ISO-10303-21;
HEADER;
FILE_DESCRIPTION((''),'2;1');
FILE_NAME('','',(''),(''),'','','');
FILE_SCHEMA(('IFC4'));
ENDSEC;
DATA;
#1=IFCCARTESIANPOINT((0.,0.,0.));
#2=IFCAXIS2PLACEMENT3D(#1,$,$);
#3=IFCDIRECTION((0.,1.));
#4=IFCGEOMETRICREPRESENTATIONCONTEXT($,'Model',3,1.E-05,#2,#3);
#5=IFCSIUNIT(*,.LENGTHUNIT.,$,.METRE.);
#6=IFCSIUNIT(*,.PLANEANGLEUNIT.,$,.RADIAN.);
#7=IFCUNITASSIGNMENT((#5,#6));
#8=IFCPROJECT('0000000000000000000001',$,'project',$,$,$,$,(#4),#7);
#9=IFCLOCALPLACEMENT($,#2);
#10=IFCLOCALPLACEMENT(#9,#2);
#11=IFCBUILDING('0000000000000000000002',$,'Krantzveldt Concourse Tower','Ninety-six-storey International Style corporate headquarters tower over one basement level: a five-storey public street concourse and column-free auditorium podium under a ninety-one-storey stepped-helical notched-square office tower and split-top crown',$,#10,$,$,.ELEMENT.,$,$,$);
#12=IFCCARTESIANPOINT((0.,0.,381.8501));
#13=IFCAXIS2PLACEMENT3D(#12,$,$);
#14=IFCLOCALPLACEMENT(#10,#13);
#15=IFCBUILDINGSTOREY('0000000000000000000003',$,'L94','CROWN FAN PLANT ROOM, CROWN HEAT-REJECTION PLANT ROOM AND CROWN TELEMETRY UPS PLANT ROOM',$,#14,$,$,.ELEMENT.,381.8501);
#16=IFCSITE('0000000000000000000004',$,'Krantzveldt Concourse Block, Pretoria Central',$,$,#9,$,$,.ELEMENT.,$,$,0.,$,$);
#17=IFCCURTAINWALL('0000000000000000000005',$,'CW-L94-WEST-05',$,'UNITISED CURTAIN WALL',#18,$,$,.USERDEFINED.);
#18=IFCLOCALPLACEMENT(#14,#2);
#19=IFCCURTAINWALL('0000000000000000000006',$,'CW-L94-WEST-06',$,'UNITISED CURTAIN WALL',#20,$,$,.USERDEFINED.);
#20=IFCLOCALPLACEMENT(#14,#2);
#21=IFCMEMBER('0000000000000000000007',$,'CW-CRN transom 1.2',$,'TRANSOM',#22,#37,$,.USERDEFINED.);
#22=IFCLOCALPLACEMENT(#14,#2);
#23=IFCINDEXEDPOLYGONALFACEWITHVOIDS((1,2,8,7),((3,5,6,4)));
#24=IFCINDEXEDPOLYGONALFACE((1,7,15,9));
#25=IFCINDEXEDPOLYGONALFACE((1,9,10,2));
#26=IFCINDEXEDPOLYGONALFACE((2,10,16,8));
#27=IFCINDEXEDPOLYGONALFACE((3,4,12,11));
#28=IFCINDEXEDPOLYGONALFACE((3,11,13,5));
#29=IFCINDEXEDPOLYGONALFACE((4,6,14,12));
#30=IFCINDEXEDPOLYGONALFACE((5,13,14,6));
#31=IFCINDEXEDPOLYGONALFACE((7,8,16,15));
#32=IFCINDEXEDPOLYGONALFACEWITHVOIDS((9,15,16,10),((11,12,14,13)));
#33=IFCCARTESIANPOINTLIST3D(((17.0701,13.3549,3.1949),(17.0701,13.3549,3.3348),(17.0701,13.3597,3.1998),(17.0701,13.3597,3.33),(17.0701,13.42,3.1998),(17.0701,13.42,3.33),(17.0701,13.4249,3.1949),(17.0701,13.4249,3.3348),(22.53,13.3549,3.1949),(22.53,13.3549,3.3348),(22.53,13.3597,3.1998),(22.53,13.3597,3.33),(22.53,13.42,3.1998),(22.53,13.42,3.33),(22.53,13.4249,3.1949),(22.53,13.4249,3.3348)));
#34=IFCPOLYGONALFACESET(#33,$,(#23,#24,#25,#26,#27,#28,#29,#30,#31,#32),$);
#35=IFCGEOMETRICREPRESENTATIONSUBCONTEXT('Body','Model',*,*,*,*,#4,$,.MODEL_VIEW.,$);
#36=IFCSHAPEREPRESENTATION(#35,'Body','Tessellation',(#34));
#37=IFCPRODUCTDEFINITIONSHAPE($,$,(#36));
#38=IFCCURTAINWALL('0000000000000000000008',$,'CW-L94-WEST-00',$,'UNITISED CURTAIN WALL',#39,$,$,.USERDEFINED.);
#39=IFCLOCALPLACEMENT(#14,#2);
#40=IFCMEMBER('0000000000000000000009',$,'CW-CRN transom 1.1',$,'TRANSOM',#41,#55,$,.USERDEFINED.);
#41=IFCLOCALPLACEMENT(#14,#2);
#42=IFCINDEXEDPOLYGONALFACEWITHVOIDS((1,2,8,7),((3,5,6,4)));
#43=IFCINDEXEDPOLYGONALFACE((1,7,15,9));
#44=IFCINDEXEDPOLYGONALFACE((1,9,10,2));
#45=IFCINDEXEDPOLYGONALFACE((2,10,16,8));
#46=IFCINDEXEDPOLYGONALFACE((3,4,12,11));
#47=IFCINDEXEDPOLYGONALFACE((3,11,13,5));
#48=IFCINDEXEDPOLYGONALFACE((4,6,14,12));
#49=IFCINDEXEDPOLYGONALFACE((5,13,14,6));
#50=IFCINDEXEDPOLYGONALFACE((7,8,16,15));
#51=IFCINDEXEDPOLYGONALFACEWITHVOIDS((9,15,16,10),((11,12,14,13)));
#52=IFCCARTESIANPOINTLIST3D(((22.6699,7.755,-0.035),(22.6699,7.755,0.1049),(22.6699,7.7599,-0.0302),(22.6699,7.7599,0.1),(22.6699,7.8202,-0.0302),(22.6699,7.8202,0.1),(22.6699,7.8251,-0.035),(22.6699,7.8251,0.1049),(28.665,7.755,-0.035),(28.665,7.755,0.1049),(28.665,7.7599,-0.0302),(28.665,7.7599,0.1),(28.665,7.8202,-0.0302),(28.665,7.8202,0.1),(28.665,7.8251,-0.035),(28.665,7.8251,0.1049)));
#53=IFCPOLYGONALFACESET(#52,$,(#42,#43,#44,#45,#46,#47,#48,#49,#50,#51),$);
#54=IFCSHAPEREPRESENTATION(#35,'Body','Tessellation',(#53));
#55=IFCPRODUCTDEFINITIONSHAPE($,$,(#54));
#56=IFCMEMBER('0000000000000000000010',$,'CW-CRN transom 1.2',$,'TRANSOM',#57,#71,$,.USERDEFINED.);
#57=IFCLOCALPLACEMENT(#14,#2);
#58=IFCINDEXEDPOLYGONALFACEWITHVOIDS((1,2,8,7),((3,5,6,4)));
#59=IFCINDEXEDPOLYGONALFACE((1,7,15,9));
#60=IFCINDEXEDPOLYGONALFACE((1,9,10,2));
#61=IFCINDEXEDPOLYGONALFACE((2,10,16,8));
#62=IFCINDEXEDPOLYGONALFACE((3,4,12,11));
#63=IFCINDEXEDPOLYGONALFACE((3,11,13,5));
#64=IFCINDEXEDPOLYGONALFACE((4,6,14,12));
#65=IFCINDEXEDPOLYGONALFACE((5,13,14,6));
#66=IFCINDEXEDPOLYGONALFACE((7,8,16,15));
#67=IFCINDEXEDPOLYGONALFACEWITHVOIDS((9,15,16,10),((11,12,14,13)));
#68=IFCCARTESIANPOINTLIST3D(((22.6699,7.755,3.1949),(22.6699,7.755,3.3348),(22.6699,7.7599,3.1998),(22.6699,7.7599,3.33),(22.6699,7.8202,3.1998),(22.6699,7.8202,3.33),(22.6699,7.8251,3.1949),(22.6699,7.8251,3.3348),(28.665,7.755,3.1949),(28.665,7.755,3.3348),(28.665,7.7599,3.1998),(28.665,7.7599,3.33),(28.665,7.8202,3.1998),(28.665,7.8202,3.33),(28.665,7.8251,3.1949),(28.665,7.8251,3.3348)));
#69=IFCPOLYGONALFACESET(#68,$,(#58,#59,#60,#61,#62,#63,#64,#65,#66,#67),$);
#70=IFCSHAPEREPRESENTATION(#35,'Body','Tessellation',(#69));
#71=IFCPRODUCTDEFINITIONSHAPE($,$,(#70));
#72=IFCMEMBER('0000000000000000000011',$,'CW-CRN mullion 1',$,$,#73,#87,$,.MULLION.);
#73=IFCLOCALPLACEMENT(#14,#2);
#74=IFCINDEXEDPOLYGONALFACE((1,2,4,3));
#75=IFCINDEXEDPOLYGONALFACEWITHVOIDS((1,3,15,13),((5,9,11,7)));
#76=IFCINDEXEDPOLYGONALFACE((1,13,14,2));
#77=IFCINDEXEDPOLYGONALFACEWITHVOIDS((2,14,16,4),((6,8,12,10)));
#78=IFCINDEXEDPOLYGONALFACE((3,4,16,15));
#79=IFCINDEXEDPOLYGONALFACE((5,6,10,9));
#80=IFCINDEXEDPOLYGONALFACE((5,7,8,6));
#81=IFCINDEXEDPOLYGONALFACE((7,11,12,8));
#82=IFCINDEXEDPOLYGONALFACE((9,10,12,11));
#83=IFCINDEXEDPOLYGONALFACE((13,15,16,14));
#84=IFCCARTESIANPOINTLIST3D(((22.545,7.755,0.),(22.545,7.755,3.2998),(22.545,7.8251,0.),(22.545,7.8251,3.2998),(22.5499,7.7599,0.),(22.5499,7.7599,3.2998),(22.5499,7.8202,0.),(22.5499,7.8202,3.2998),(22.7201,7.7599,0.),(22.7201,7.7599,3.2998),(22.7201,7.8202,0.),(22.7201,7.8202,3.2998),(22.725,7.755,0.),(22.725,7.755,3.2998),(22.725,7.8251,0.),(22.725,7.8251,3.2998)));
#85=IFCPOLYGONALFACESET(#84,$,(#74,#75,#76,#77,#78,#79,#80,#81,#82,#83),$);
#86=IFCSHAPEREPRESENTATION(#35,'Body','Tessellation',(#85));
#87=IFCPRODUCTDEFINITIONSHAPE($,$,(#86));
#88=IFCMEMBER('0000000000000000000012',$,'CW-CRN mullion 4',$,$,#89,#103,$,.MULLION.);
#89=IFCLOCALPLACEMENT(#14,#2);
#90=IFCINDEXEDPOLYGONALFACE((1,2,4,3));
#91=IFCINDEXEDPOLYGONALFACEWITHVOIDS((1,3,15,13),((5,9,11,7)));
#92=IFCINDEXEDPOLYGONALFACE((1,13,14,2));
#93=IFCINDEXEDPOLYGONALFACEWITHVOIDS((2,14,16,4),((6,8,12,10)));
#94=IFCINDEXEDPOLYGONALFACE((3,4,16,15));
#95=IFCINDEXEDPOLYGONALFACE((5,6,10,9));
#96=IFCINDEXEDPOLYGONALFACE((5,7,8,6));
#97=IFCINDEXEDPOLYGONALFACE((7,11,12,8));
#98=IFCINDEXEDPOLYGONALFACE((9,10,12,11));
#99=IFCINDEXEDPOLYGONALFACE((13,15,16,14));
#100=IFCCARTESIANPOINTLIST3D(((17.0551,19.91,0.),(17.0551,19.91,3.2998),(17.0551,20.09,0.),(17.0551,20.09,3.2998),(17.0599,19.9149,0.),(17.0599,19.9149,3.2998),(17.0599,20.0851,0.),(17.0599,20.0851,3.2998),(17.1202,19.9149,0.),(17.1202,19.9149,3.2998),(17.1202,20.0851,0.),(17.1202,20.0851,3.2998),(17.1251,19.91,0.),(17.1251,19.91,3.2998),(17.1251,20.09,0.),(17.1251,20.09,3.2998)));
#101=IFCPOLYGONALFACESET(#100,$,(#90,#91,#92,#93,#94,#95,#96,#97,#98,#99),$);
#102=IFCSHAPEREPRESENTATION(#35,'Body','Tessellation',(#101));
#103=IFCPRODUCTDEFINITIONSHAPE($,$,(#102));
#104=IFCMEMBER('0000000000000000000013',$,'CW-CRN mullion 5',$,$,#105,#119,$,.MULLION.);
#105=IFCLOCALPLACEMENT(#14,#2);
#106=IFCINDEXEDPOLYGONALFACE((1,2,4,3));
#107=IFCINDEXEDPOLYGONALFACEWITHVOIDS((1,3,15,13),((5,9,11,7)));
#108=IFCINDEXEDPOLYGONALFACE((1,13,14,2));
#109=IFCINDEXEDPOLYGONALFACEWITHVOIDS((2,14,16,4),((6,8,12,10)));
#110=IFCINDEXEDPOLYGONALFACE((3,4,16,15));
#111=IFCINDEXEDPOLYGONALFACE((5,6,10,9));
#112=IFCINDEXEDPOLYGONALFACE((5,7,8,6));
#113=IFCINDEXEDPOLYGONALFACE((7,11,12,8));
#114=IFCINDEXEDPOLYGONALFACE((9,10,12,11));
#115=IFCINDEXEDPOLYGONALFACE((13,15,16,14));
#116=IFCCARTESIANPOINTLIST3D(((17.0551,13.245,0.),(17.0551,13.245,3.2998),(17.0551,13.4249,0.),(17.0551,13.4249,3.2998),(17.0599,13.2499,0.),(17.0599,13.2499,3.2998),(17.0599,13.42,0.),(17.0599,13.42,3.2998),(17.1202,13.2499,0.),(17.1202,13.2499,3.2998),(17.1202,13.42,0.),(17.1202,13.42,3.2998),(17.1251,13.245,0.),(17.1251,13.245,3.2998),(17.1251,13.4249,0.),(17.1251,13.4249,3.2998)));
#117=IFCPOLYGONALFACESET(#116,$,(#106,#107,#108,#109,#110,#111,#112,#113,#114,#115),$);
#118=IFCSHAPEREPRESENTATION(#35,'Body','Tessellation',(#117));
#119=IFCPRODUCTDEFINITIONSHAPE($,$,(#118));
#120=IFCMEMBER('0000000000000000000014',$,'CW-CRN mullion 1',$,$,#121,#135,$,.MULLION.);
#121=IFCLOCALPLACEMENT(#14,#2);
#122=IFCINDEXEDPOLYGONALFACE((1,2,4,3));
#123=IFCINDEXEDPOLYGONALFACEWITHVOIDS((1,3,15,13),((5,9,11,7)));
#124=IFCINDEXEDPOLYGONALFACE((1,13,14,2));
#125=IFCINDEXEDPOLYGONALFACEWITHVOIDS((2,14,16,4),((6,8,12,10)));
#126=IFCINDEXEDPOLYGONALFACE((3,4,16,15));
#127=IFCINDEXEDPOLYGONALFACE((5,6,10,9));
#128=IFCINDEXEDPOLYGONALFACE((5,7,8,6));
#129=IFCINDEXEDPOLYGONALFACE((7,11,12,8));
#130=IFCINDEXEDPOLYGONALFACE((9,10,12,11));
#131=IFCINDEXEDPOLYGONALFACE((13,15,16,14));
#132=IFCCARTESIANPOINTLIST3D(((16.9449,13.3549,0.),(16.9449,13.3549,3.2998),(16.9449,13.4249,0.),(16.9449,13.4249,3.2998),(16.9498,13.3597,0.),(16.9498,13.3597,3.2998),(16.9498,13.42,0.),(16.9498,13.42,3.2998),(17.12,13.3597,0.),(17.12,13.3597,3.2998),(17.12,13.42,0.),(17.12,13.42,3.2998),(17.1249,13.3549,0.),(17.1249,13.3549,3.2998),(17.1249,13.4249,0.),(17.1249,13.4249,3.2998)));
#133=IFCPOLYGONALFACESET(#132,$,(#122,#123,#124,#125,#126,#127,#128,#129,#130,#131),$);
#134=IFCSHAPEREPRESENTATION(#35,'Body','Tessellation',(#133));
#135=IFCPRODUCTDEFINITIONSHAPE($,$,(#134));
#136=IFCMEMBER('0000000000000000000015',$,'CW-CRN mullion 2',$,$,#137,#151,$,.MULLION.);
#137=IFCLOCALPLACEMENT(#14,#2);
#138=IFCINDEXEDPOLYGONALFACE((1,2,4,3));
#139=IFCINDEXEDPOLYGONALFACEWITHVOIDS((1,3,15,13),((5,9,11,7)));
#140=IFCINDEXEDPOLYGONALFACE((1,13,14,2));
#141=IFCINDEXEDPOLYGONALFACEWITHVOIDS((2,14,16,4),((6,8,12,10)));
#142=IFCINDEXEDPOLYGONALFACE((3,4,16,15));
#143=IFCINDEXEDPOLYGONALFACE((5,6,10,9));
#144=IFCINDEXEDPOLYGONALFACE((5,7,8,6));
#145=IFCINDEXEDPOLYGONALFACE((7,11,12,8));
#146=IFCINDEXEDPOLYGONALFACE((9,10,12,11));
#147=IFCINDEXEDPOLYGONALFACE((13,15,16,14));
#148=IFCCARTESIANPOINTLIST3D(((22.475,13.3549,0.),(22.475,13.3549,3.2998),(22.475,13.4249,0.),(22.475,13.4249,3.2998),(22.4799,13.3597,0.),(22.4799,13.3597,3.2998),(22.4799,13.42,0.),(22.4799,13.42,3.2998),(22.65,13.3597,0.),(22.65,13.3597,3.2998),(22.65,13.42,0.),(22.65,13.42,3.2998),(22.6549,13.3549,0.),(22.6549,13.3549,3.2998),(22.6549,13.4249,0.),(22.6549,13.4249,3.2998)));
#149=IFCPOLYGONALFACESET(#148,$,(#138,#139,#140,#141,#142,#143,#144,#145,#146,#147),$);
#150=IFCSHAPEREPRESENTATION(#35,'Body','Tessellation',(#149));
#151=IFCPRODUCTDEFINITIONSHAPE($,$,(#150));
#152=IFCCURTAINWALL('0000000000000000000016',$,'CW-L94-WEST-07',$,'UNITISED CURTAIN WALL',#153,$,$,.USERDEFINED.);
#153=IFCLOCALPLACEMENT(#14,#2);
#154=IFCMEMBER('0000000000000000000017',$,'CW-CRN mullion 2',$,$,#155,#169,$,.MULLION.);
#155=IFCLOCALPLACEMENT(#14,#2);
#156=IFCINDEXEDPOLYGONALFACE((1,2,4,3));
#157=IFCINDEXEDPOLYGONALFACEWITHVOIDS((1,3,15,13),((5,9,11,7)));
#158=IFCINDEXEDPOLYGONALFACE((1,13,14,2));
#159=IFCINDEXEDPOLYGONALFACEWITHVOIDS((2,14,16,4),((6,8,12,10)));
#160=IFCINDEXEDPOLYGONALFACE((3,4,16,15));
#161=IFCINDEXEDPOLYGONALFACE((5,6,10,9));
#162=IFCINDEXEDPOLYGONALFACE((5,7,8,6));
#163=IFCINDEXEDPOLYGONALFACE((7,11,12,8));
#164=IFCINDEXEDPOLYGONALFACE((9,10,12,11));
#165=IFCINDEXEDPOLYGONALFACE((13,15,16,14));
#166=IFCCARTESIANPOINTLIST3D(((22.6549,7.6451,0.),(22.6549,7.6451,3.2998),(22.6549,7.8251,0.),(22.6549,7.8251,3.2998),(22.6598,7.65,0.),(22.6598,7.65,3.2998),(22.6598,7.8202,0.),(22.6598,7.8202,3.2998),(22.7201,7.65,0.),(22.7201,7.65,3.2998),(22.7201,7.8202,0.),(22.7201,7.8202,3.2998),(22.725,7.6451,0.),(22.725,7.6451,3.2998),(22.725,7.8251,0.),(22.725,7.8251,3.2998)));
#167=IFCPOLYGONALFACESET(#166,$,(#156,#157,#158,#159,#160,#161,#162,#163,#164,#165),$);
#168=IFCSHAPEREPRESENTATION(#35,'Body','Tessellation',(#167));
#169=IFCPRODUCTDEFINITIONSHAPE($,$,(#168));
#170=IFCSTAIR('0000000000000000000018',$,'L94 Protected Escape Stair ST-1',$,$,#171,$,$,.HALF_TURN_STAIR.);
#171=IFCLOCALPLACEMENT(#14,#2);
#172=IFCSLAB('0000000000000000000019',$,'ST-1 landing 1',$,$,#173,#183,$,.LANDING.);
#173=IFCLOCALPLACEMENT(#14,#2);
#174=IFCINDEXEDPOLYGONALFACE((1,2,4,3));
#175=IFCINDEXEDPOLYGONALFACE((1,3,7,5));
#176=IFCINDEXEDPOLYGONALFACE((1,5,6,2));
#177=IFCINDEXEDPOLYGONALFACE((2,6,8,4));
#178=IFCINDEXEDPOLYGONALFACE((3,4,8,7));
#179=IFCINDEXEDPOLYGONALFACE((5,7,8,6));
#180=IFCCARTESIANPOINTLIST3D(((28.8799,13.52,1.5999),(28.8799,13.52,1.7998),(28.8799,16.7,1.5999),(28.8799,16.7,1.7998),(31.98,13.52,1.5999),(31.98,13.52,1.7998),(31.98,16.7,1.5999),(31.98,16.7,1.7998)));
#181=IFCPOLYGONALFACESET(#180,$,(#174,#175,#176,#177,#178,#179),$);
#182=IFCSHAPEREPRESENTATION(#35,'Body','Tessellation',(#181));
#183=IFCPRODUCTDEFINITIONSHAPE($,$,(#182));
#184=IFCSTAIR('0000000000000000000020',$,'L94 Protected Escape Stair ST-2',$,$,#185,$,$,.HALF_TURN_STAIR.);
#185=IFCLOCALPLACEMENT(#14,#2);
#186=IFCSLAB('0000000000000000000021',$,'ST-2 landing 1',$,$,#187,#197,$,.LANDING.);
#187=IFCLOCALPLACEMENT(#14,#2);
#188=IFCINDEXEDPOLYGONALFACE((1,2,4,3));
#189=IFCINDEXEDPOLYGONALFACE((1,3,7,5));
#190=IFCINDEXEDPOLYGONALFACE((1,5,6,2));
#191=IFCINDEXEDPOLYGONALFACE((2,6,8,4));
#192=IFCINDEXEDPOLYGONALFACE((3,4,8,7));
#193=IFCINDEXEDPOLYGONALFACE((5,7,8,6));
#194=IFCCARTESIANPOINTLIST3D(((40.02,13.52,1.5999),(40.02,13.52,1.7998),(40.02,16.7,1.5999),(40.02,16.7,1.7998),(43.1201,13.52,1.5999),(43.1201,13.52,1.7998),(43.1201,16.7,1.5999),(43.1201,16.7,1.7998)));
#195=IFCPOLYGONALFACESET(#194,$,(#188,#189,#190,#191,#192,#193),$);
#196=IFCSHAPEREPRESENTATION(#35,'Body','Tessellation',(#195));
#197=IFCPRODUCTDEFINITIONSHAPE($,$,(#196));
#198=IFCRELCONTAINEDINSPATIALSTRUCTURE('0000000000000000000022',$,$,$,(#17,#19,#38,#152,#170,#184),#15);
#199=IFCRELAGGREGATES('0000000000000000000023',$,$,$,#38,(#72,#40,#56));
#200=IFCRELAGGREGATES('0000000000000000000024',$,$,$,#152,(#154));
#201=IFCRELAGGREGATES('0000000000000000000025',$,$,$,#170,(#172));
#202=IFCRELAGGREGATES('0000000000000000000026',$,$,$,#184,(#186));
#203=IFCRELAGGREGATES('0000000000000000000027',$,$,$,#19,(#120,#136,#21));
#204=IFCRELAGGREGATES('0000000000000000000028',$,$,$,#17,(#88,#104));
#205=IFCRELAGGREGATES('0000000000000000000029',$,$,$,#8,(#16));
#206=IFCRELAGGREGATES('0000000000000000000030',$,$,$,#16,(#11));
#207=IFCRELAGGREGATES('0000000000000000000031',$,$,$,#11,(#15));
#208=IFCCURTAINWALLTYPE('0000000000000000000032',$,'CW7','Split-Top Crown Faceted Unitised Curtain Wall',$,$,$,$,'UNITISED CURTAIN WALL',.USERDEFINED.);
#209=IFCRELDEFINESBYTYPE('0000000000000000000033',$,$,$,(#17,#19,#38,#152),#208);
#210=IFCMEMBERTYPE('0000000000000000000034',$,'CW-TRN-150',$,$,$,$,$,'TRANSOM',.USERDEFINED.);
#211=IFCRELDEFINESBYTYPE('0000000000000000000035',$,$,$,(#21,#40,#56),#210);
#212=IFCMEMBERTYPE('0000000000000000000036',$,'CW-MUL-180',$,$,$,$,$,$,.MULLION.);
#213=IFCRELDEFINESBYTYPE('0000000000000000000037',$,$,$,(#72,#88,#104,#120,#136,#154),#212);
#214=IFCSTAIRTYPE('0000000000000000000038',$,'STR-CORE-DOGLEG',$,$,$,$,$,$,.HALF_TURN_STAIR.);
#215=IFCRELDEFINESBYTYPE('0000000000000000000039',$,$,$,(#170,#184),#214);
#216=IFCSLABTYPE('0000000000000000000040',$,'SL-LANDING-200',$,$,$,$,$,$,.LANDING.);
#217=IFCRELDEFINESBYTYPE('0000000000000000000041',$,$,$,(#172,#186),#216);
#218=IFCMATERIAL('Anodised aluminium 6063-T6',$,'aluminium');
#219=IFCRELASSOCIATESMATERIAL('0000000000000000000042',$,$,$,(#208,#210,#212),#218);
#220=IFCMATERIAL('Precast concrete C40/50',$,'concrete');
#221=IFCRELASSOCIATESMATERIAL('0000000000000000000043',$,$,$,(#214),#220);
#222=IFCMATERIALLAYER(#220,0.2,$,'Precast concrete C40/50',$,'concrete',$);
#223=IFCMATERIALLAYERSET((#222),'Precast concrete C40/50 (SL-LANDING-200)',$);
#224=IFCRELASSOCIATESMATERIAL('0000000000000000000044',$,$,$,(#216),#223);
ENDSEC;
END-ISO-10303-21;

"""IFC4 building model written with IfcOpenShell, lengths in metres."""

from ifc_helpers import new_model, si_unit, direction, frame, origin, origin_2d, place, context, subcontext, project, spatial, polyline, hollow_rectangle, outline, extrude, source, transform, mapped, material, layer, layer_set, material_profile, profile_set, type_object, type_shapes, element, aggregate, save


model = new_model("IFC4")

# Units and contexts
model_context = context("Model", 3, precision=1e-05, world=origin(), true_north=direction((0.0, 1.0)))
body_context = subcontext(model_context, "Body", "Model", "MODEL_VIEW")
ifc_project = project(units=[si_unit("LENGTHUNIT", "METRE"), si_unit("PLANEANGLEUNIT", "RADIAN")], contexts=[model_context])

# Site, building, storey
site_placement = place(None, origin())
site = spatial("IfcSite", under=ifc_project, at=site_placement, Name="Krantzveldt Concourse Block, Pretoria Central", CompositionType="ELEMENT", RefElevation=0.0)
building_placement = place(site_placement, origin())
building = spatial("IfcBuilding", under=site, at=building_placement, Name="Krantzveldt Concourse Tower", Description="Ninety-six-storey International Style corporate headquarters tower over one basement level: a five-storey public street concourse and column-free auditorium podium under a ninety-one-storey stepped-helical notched-square office tower and split-top crown", CompositionType="ELEMENT")
storey_placement = place(building_placement, frame((0.0, 0.0, 381.8501)))
storey = spatial("IfcBuildingStorey", under=building, at=storey_placement, Name="L94", Description="CROWN FAN PLANT ROOM, CROWN HEAT-REJECTION PLANT ROOM AND CROWN TELEMETRY UPS PLANT ROOM", CompositionType="ELEMENT", Elevation=381.8501)

# Curtain walls, members
ifc_material_1 = material(Name="Anodised aluminium 6063-T6", Category="aluminium")
curtain_wall_type = type_object("IfcCurtainWallType", Name="CW7", Description="Split-Top Crown Faceted Unitised Curtain Wall", ElementType="UNITISED CURTAIN WALL", PredefinedType="USERDEFINED", material=ifc_material_1)
curtain_wall_1_placement = place(storey_placement, origin())
curtain_wall_1 = element("IfcCurtainWall", 1, at=curtain_wall_1_placement, inside=storey, type_object=curtain_wall_type, Name="CW-L94-WEST-05", ObjectType="UNITISED CURTAIN WALL", PredefinedType="USERDEFINED")
ifc_material_profile_1 = material_profile(ifc_material_1, hollow_rectangle(XDim=0.0701, YDim=0.1399, WallThickness=0.0049, at=origin_2d()), Name="Anodised aluminium 6063-T6", Category="aluminium")
ifc_profile_set_1 = profile_set([ifc_material_profile_1], Name="Anodised aluminium 6063-T6 - ALU-TRAN 140x70x5")
member_type_1 = type_object("IfcMemberType", Name="CW-TRN-150", ElementType="TRANSOM", PredefinedType="USERDEFINED", material=ifc_profile_set_1)
curtain_wall_2_placement = place(storey_placement, origin())
curtain_wall_2 = element("IfcCurtainWall", 2, at=curtain_wall_2_placement, inside=storey, type_object=curtain_wall_type, Name="CW-L94-WEST-06", ObjectType="UNITISED CURTAIN WALL", PredefinedType="USERDEFINED")
shared_shape_1 = source(origin(), body_context, "Body", "SweptSolid", [
    extrude(hollow_rectangle(XDim=0.0701, YDim=0.1399, WallThickness=0.0049, at=origin_2d()), origin(), (0.0, 0.0, 1.0), 5.46),
])
member_1_placement = place(storey_placement, frame((17.0701, 13.3899, 3.2649), z_axis=(1.0, 0.0, 0.0), x_axis=(0.0, 1.0, 0.0)))
member_1 = element("IfcMember", 3, at=member_1_placement, type_object=member_type_1, Name="CW-CRN transom 1.2", ObjectType="TRANSOM", PredefinedType="USERDEFINED", context=body_context, shape_type="MappedRepresentation", body=[
    mapped(shared_shape_1, transform((0.0, 0.0, 0.0), x_axis=(1.0, 0.0, 0.0), y_axis=(0.0, 1.0, 0.0), z_axis=(0.0, 0.0, 1.0), scale=1.0)),
])
curtain_wall_3_placement = place(storey_placement, origin())
curtain_wall_3 = element("IfcCurtainWall", 4, at=curtain_wall_3_placement, inside=storey, type_object=curtain_wall_type, Name="CW-L94-WEST-00", ObjectType="UNITISED CURTAIN WALL", PredefinedType="USERDEFINED")
shared_shape_2 = source(origin(), body_context, "Body", "SweptSolid", [
    extrude(hollow_rectangle(XDim=0.0701, YDim=0.1399, WallThickness=0.0049, at=origin_2d()), origin(), (0.0, 0.0, 1.0), 5.9951),
])
member_2_placement = place(storey_placement, frame((22.6699, 7.79, 0.0349), z_axis=(1.0, 0.0, 0.0), x_axis=(0.0, 1.0, 0.0)))
member_2 = element("IfcMember", 5, at=member_2_placement, type_object=member_type_1, Name="CW-CRN transom 1.1", ObjectType="TRANSOM", PredefinedType="USERDEFINED", context=body_context, shape_type="MappedRepresentation", body=[
    mapped(shared_shape_2, transform((0.0, 0.0, 0.0), x_axis=(1.0, 0.0, 0.0), y_axis=(0.0, 1.0, 0.0), z_axis=(0.0, 0.0, 1.0), scale=1.0)),
])
member_3_placement = place(storey_placement, frame((22.6699, 7.79, 3.2649), z_axis=(1.0, 0.0, 0.0), x_axis=(0.0, 1.0, 0.0)))
member_3 = element("IfcMember", 6, at=member_3_placement, type_object=member_type_1, Name="CW-CRN transom 1.2", ObjectType="TRANSOM", PredefinedType="USERDEFINED", context=body_context, shape_type="MappedRepresentation", body=[
    mapped(shared_shape_2, transform((0.0, 0.0, 0.0), x_axis=(1.0, 0.0, 0.0), y_axis=(0.0, 1.0, 0.0), z_axis=(0.0, 0.0, 1.0), scale=1.0)),
])
ifc_material_profile_2 = material_profile(ifc_material_1, hollow_rectangle(XDim=0.0701, YDim=0.1799, WallThickness=0.0049, at=origin_2d()), Name="Anodised aluminium 6063-T6", Category="aluminium")
ifc_profile_set_2 = profile_set([ifc_material_profile_2], Name="Anodised aluminium 6063-T6 - ALU-MULL 180x70x5")
member_type_2 = type_object("IfcMemberType", Name="CW-MUL-180", PredefinedType="MULLION", material=ifc_profile_set_2)
shared_shape_3 = source(origin(), body_context, "Body", "SweptSolid", [
    extrude(hollow_rectangle(XDim=0.0701, YDim=0.1799, WallThickness=0.0049, at=origin_2d()), origin(), (0.0, 0.0, 1.0), 3.2998),
])
type_shapes(member_type_2, [shared_shape_3])
member_4_placement = place(storey_placement, frame((22.635, 7.79, 0.0), z_axis=(0.0, 0.0, 1.0), x_axis=(0.0, 1.0, 0.0)))
member_4 = element("IfcMember", 7, at=member_4_placement, type_object=member_type_2, Name="CW-CRN mullion 1", PredefinedType="MULLION", context=body_context, shape_type="MappedRepresentation", body=[
    mapped(shared_shape_3, transform((0.0, 0.0, 0.0), x_axis=(1.0, 0.0, 0.0), y_axis=(0.0, 1.0, 0.0), z_axis=(0.0, 0.0, 1.0), scale=1.0)),
])
aggregate(curtain_wall_3, [member_4, member_2, member_3])

# Members
member_5_placement = place(storey_placement, frame((17.0901, 20.0, 0.0), z_axis=(0.0, 0.0, 1.0), x_axis=(1.0, 0.0, 0.0)))
member_5 = element("IfcMember", 8, at=member_5_placement, type_object=member_type_2, Name="CW-CRN mullion 4", PredefinedType="MULLION", context=body_context, shape_type="MappedRepresentation", body=[
    mapped(shared_shape_3, transform((0.0, 0.0, 0.0), x_axis=(1.0, 0.0, 0.0), y_axis=(0.0, 1.0, 0.0), z_axis=(0.0, 0.0, 1.0), scale=1.0)),
])
member_6_placement = place(storey_placement, frame((17.0901, 13.335, 0.0), z_axis=(0.0, 0.0, 1.0), x_axis=(1.0, 0.0, 0.0)))
member_6 = element("IfcMember", 9, at=member_6_placement, type_object=member_type_2, Name="CW-CRN mullion 5", PredefinedType="MULLION", context=body_context, shape_type="MappedRepresentation", body=[
    mapped(shared_shape_3, transform((0.0, 0.0, 0.0), x_axis=(1.0, 0.0, 0.0), y_axis=(0.0, 1.0, 0.0), z_axis=(0.0, 0.0, 1.0), scale=1.0)),
])
member_7_placement = place(storey_placement, frame((17.0349, 13.3899, 0.0), z_axis=(0.0, 0.0, 1.0), x_axis=(0.0, 1.0, 0.0)))
member_7 = element("IfcMember", 10, at=member_7_placement, type_object=member_type_2, Name="CW-CRN mullion 1", PredefinedType="MULLION", context=body_context, shape_type="MappedRepresentation", body=[
    mapped(shared_shape_3, transform((0.0, 0.0, 0.0), x_axis=(1.0, 0.0, 0.0), y_axis=(0.0, 1.0, 0.0), z_axis=(0.0, 0.0, 1.0), scale=1.0)),
])
member_8_placement = place(storey_placement, frame((22.5649, 13.3899, 0.0), z_axis=(0.0, 0.0, 1.0), x_axis=(0.0, 1.0, 0.0)))
member_8 = element("IfcMember", 11, at=member_8_placement, type_object=member_type_2, Name="CW-CRN mullion 2", PredefinedType="MULLION", context=body_context, shape_type="MappedRepresentation", body=[
    mapped(shared_shape_3, transform((0.0, 0.0, 0.0), x_axis=(1.0, 0.0, 0.0), y_axis=(0.0, 1.0, 0.0), z_axis=(0.0, 0.0, 1.0), scale=1.0)),
])

# Curtain wall, member
curtain_wall_4_placement = place(storey_placement, origin())
curtain_wall_4 = element("IfcCurtainWall", 12, at=curtain_wall_4_placement, inside=storey, type_object=curtain_wall_type, Name="CW-L94-WEST-07", ObjectType="UNITISED CURTAIN WALL", PredefinedType="USERDEFINED")
member_9_placement = place(storey_placement, frame((22.6899, 7.7351, 0.0), z_axis=(0.0, 0.0, 1.0), x_axis=(1.0, 0.0, 0.0)))
member_9 = element("IfcMember", 13, at=member_9_placement, type_object=member_type_2, Name="CW-CRN mullion 2", PredefinedType="MULLION", context=body_context, shape_type="MappedRepresentation", body=[
    mapped(shared_shape_3, transform((0.0, 0.0, 0.0), x_axis=(1.0, 0.0, 0.0), y_axis=(0.0, 1.0, 0.0), z_axis=(0.0, 0.0, 1.0), scale=1.0)),
])
aggregate(curtain_wall_4, [member_9])

# Stairs, slabs
ifc_material_2 = material(Name="Precast concrete C40/50", Category="concrete")
stair_type = type_object("IfcStairType", Name="STR-CORE-DOGLEG", PredefinedType="HALF_TURN_STAIR", material=ifc_material_2)
stair_1_placement = place(storey_placement, origin())
stair_1 = element("IfcStair", 14, at=stair_1_placement, inside=storey, type_object=stair_type, Name="L94 Protected Escape Stair ST-1", PredefinedType="HALF_TURN_STAIR")
ifc_layer_1 = layer(ifc_material_2, 0.2, Name="Precast concrete C40/50", Category="concrete")
ifc_layer_set_1 = layer_set([ifc_layer_1], Name="Precast concrete C40/50 (SL-LANDING-200)")
slab_type_1 = type_object("IfcSlabType", Name="SL-LANDING-200", PredefinedType="LANDING", material=ifc_layer_set_1)
slab_1_placement = place(storey_placement, frame((0.0, 0.0, 1.5999)))
slab_1 = element("IfcSlab", 15, at=slab_1_placement, type_object=slab_type_1, Name="ST-1 landing 1", PredefinedType="LANDING", context=body_context, shape_type="SweptSolid", body=[
    extrude(outline(polyline([(28.8799, 16.7), (28.8799, 13.52), (31.98, 13.52), (31.98, 16.7), (28.8799, 16.7)])), origin(), (0.0, 0.0, 1.0), 0.2),
])
aggregate(stair_1, [slab_1])
stair_2_placement = place(storey_placement, origin())
stair_2 = element("IfcStair", 16, at=stair_2_placement, inside=storey, type_object=stair_type, Name="L94 Protected Escape Stair ST-2", PredefinedType="HALF_TURN_STAIR")
slab_2_placement = place(storey_placement, frame((0.0, 0.0, 1.5999)))
slab_2 = element("IfcSlab", 17, at=slab_2_placement, type_object=slab_type_1, Name="ST-2 landing 1", PredefinedType="LANDING", context=body_context, shape_type="SweptSolid", body=[
    extrude(outline(polyline([(40.02, 16.7), (40.02, 13.52), (43.1201, 13.52), (43.1201, 16.7), (40.02, 16.7)])), origin(), (0.0, 0.0, 1.0), 0.2),
])
aggregate(stair_2, [slab_2])

aggregate(curtain_wall_2, [member_7, member_8, member_1])
aggregate(curtain_wall_1, [member_5, member_6])

save(model, "model.ifc")
